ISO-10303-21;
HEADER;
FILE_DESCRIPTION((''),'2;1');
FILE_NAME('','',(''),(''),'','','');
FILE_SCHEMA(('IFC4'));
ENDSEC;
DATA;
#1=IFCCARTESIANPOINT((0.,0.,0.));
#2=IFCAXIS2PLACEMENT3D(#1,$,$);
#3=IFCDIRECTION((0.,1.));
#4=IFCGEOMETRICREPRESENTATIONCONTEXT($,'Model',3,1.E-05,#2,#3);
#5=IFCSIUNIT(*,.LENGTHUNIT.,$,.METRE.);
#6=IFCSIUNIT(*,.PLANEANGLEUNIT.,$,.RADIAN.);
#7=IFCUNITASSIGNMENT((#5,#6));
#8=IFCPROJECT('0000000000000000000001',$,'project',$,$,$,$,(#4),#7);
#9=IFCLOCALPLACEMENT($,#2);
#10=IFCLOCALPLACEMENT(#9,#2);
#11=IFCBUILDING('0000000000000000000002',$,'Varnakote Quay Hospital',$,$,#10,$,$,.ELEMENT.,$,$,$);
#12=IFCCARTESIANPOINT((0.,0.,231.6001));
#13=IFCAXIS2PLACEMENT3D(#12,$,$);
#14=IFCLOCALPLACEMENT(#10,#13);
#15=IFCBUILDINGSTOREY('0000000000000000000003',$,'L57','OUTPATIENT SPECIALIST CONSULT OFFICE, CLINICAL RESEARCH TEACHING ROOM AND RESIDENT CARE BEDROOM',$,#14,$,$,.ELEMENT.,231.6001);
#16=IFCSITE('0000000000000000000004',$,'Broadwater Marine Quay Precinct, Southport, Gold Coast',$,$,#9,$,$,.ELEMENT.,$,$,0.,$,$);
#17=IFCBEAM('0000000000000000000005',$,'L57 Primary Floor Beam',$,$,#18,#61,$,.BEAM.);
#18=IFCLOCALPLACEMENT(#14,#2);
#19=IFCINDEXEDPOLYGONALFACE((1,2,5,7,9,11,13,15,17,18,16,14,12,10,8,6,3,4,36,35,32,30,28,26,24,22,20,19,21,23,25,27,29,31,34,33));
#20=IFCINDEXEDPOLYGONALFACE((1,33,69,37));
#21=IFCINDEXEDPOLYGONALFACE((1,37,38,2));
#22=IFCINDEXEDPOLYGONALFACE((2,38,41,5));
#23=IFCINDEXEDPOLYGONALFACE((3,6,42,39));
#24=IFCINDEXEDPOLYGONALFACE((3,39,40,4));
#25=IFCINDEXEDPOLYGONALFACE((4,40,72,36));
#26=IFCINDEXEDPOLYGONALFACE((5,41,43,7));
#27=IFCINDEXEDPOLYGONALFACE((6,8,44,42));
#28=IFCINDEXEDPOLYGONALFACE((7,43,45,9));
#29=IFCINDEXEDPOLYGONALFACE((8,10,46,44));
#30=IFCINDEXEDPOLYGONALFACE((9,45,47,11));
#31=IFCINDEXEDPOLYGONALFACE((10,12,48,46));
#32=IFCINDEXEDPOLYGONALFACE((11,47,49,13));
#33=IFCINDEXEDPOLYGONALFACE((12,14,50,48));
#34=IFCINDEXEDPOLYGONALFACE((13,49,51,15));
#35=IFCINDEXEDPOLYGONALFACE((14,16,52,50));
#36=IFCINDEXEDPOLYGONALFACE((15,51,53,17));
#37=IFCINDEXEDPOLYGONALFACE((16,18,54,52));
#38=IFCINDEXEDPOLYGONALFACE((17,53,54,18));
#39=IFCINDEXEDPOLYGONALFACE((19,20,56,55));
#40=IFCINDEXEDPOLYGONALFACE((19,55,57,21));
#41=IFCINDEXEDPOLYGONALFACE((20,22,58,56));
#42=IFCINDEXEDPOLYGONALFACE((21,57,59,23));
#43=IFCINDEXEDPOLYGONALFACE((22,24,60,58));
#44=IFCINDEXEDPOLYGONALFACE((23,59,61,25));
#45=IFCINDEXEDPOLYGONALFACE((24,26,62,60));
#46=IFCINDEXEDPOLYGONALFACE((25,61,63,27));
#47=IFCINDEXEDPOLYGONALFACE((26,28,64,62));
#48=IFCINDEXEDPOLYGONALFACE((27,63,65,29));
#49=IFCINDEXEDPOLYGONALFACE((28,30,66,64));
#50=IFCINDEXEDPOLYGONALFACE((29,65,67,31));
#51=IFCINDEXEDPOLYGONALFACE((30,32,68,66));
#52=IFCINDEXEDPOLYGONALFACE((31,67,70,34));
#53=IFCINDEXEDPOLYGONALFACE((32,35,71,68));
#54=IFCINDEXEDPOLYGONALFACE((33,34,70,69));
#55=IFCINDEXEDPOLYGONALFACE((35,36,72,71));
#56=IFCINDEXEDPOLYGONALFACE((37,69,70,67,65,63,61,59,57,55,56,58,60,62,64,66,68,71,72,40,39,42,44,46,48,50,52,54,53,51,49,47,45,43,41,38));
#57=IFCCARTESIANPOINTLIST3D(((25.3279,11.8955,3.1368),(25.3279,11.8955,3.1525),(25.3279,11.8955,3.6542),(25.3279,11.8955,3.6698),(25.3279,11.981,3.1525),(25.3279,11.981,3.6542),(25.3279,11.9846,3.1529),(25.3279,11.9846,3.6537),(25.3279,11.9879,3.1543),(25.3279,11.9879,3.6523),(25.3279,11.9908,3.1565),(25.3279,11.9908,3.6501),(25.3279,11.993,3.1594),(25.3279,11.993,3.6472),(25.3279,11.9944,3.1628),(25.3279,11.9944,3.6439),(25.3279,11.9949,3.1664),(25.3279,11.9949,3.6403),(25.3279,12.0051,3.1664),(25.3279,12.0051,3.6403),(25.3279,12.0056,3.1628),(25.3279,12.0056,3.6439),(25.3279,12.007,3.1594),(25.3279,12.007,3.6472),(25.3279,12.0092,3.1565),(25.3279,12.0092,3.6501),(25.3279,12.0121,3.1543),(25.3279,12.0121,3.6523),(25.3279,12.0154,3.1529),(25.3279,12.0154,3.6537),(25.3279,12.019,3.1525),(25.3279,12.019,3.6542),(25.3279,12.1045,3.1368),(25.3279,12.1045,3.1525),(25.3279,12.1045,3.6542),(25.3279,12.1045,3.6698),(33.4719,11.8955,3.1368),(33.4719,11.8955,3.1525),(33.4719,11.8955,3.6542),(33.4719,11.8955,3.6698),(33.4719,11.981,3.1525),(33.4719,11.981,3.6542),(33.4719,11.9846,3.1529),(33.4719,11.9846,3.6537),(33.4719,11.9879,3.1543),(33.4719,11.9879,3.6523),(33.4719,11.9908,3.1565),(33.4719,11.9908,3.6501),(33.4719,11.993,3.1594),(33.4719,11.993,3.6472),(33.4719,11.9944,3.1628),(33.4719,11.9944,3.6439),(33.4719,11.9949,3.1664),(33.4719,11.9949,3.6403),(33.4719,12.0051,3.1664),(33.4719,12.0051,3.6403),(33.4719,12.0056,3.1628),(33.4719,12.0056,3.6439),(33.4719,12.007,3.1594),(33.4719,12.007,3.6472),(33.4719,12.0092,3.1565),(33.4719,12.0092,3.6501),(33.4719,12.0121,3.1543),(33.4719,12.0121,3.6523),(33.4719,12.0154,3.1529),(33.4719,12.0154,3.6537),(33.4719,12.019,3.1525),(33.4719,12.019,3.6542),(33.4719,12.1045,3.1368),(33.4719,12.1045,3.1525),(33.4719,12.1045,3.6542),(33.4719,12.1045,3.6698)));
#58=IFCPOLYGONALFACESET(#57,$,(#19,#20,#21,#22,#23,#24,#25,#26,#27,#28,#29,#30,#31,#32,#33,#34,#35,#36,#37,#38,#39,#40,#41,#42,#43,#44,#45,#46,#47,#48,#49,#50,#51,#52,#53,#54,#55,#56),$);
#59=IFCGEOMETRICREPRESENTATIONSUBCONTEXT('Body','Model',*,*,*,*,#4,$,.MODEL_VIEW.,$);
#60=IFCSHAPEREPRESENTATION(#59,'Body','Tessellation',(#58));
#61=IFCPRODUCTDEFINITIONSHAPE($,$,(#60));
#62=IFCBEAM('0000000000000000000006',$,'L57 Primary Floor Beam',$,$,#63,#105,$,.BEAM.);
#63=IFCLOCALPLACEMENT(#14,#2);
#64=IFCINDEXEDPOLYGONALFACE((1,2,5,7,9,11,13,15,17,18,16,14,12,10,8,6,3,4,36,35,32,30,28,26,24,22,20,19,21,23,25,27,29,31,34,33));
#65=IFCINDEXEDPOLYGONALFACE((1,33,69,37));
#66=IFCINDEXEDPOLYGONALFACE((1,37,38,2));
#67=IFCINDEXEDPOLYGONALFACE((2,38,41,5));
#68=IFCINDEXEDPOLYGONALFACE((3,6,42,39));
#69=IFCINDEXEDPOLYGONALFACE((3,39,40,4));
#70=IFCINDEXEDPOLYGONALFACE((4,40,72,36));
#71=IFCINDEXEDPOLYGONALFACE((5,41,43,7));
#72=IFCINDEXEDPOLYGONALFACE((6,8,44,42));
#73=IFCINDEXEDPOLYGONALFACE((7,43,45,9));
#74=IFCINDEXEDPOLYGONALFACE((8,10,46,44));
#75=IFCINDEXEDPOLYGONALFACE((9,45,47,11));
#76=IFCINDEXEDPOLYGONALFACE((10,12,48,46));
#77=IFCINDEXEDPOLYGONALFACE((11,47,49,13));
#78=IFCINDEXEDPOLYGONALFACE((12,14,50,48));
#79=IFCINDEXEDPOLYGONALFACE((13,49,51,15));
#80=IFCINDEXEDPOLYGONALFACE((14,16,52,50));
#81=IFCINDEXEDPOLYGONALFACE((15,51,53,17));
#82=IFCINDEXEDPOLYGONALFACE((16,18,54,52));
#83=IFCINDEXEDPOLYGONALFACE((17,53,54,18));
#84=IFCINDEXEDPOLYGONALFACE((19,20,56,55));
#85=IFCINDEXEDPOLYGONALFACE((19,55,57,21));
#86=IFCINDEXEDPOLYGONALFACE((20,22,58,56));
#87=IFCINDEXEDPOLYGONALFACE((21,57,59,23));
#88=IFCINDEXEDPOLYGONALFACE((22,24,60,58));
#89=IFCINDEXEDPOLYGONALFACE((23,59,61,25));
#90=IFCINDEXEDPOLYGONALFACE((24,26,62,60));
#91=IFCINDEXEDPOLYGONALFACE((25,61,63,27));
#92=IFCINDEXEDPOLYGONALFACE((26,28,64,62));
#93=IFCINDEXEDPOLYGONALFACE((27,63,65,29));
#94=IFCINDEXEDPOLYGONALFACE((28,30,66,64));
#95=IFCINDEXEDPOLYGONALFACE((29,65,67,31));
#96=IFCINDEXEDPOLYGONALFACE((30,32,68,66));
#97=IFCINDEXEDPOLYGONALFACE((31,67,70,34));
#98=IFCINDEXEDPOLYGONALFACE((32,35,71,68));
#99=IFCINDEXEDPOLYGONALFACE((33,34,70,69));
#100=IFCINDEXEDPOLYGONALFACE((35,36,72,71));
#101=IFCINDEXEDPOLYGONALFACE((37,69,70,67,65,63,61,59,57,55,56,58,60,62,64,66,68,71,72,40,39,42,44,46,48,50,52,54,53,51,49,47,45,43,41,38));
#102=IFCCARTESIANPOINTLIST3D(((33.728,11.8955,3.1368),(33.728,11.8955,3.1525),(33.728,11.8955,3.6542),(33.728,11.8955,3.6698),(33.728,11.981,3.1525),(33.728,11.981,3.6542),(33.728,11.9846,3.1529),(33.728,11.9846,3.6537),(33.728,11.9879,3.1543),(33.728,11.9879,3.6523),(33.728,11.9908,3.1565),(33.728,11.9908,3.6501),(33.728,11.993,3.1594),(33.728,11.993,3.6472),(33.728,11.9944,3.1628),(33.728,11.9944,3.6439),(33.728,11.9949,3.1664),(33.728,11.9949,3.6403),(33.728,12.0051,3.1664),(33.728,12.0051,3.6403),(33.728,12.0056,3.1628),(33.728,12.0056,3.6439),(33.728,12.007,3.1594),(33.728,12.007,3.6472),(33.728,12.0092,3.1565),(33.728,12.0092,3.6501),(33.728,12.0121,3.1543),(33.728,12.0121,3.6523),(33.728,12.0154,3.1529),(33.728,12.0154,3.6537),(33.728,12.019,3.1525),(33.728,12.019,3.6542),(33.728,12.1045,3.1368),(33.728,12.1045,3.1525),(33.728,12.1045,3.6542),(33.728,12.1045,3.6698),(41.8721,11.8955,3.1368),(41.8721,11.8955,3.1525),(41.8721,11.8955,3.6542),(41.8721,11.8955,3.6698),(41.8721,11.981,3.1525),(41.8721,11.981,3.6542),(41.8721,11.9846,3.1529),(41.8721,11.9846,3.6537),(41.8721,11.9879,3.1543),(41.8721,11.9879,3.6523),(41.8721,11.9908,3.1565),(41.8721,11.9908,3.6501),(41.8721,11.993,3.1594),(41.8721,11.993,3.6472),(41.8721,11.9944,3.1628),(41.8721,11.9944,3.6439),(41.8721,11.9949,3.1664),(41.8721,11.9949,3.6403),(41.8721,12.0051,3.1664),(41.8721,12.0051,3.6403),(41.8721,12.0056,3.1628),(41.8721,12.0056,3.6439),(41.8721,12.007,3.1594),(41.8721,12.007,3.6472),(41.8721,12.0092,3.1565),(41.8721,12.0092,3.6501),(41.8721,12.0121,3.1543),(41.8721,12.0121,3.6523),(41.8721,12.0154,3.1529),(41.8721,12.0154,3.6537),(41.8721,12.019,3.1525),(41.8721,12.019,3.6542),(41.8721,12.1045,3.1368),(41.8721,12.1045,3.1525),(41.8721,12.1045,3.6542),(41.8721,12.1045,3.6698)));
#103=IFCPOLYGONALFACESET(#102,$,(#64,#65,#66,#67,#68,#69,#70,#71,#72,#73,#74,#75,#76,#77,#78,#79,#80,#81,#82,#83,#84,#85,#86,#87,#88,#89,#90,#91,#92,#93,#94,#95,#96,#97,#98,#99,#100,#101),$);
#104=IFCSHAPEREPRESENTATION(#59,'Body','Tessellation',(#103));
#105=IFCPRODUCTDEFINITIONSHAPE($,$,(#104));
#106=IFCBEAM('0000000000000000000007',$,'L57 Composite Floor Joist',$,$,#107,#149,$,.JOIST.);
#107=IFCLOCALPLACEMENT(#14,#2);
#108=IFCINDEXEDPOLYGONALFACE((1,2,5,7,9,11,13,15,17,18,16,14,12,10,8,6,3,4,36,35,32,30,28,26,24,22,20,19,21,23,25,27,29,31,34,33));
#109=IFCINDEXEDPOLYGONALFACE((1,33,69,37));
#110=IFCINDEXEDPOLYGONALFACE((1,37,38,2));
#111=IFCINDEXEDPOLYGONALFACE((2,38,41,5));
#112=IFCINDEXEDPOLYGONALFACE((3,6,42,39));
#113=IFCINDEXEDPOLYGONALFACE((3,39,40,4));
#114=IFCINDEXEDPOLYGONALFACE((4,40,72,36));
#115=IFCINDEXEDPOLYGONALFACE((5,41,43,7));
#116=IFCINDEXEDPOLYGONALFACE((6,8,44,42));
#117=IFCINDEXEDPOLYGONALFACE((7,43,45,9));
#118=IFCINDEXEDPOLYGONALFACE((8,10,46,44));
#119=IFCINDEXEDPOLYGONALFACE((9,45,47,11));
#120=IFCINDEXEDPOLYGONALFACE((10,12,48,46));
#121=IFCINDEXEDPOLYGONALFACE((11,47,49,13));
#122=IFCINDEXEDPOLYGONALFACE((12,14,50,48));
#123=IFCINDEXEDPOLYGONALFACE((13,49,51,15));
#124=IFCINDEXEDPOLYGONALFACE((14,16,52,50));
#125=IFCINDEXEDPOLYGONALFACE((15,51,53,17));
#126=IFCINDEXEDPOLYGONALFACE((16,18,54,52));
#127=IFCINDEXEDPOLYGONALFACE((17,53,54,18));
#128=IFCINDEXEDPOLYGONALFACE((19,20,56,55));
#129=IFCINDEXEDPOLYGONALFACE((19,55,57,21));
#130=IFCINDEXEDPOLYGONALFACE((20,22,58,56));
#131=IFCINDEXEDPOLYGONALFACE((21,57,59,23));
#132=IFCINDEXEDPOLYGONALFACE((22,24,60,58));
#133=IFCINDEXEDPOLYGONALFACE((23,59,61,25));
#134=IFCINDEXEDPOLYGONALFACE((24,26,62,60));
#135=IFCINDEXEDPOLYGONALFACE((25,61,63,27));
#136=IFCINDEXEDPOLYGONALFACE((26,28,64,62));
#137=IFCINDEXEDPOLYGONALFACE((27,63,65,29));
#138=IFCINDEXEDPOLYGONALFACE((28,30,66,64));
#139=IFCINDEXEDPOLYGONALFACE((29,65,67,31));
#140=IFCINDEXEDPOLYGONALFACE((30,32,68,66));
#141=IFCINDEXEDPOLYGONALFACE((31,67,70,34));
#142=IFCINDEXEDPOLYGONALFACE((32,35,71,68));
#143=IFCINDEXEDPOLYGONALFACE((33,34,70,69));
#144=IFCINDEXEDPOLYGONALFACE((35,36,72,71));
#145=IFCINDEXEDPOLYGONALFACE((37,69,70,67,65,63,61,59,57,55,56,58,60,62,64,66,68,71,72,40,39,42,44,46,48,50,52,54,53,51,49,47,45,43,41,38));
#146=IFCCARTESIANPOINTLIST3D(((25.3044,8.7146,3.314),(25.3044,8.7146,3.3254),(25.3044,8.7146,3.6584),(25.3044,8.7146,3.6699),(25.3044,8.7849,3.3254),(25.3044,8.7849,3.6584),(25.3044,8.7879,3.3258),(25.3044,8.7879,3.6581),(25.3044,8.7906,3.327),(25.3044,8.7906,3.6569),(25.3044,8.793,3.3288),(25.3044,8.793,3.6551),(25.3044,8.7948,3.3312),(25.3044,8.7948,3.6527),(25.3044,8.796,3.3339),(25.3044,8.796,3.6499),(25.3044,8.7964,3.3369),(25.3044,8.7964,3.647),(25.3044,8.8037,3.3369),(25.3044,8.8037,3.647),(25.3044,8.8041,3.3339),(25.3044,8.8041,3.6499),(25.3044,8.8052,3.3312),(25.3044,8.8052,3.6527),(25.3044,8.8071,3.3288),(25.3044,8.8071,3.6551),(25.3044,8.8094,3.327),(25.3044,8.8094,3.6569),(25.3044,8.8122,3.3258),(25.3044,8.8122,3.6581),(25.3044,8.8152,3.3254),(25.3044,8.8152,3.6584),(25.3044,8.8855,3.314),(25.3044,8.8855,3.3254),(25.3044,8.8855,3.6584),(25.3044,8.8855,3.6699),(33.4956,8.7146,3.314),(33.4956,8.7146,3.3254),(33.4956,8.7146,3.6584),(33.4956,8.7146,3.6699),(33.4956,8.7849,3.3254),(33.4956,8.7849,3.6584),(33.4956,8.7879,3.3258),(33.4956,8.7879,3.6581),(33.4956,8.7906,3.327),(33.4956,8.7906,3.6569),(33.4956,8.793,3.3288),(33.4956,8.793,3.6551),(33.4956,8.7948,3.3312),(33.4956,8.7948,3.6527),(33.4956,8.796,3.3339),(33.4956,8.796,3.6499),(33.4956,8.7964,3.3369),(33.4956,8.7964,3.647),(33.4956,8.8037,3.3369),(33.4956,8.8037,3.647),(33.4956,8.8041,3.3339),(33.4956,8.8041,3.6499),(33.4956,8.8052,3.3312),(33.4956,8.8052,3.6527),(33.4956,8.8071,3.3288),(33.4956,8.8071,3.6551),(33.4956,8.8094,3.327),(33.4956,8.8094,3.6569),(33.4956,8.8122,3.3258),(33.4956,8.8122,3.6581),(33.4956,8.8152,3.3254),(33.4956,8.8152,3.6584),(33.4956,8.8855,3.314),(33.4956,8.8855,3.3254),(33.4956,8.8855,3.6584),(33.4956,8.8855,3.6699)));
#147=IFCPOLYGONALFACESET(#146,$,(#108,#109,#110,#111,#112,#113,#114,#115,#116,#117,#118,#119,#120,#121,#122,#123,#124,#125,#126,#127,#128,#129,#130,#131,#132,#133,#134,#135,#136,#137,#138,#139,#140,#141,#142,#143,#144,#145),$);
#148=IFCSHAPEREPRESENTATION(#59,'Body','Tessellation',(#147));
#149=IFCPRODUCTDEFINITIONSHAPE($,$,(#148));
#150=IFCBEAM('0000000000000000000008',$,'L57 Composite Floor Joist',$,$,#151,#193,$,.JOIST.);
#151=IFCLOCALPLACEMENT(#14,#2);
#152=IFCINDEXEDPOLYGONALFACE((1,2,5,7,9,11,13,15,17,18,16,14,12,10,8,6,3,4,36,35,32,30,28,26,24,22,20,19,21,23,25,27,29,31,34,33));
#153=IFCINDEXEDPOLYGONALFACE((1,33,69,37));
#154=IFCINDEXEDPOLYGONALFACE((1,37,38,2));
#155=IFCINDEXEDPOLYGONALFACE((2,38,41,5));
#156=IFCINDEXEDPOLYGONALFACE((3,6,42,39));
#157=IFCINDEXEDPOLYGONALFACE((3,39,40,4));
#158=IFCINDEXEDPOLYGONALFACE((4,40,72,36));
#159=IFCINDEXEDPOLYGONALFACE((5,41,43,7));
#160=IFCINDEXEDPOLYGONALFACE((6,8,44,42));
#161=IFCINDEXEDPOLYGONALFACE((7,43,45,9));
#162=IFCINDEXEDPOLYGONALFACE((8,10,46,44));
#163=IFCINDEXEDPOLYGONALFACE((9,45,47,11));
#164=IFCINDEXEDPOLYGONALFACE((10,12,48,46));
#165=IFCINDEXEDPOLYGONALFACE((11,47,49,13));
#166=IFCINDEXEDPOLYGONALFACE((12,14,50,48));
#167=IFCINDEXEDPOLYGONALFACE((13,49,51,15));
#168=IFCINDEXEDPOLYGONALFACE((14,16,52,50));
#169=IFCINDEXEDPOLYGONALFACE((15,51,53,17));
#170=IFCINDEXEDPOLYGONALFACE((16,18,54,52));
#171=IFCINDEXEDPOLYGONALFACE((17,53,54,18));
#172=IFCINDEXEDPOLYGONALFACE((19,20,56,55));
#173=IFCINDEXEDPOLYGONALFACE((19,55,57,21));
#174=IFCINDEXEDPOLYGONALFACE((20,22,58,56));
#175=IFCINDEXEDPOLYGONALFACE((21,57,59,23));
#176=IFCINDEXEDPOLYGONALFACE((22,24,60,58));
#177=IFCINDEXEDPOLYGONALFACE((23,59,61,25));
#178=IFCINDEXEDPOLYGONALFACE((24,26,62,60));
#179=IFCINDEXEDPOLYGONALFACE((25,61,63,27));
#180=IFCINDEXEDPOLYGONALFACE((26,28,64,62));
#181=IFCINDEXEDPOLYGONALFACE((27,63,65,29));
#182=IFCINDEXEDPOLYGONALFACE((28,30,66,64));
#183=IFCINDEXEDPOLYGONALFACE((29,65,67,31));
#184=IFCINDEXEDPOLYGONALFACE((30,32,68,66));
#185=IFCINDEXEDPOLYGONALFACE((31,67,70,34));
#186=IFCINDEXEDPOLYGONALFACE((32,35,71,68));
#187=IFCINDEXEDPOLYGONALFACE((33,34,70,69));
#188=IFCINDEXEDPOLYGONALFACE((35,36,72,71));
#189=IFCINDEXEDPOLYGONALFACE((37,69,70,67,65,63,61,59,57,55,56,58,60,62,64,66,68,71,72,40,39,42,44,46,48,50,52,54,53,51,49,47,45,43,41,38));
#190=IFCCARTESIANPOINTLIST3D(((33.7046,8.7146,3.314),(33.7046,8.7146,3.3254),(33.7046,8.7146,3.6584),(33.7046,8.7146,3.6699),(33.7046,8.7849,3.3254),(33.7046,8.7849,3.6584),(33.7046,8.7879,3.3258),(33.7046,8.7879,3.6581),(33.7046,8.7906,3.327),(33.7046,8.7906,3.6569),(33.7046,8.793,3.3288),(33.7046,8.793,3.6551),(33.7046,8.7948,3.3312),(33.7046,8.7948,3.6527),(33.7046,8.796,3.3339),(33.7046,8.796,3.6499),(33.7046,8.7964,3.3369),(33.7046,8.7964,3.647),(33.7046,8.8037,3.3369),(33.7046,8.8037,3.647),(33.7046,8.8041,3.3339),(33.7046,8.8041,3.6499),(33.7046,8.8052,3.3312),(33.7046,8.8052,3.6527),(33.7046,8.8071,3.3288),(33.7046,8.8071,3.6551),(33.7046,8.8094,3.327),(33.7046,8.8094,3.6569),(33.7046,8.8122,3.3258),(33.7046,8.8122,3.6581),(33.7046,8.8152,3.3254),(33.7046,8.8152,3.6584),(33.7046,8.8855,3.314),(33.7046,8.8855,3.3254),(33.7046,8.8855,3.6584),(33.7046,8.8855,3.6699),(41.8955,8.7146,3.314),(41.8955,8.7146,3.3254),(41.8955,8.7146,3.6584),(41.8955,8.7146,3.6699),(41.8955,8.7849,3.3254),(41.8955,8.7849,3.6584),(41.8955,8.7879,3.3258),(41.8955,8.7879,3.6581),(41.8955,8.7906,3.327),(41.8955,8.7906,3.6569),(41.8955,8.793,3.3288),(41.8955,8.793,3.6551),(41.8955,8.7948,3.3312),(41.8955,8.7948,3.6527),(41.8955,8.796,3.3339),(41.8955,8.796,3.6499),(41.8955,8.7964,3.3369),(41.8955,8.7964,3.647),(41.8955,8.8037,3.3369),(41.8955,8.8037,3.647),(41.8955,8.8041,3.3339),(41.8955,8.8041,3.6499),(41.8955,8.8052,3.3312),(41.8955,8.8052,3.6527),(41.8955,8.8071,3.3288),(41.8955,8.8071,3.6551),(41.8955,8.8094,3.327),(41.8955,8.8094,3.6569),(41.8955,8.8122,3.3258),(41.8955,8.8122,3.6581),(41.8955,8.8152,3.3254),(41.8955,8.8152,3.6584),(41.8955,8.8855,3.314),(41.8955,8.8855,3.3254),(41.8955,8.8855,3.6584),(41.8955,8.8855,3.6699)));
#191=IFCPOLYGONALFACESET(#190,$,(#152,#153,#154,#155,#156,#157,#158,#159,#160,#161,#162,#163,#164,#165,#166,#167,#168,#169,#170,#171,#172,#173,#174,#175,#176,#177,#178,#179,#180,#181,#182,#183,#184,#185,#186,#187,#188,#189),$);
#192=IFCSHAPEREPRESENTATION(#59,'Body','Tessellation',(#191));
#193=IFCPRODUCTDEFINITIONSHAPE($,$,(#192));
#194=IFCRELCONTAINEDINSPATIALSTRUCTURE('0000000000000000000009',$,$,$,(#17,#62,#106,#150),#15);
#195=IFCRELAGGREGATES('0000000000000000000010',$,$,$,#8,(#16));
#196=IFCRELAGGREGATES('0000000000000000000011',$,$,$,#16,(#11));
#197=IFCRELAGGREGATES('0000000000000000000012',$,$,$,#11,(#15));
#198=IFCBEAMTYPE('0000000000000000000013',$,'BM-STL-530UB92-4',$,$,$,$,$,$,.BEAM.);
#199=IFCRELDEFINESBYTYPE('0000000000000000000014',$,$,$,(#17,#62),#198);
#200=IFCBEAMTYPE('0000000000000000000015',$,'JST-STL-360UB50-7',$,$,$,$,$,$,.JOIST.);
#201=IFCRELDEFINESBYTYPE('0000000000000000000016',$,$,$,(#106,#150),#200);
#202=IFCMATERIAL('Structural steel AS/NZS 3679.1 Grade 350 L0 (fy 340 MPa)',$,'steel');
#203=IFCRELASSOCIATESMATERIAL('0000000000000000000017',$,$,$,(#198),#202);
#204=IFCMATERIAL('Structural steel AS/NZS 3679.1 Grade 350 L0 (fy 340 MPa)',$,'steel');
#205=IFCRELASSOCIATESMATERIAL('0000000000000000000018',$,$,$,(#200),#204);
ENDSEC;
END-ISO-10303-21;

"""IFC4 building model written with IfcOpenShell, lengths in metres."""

from ifc_helpers import new_model, si_unit, direction, frame, origin, origin_2d, place, context, subcontext, project, spatial, i_section, extrude, material, material_profile, profile_set, type_object, element, save


model = new_model("IFC4")

# Units and contexts
model_context = context("Model", 3, precision=1e-05, world=origin(), true_north=direction((0.0, 1.0)))
body_context = subcontext(model_context, "Body", "Model", "MODEL_VIEW")
ifc_project = project(units=[si_unit("LENGTHUNIT", "METRE"), si_unit("PLANEANGLEUNIT", "RADIAN")], contexts=[model_context])

# Site, building, storey
site_placement = place(None, origin())
site = spatial("IfcSite", under=ifc_project, at=site_placement, Name="Broadwater Marine Quay Precinct, Southport, Gold Coast", CompositionType="ELEMENT", RefElevation=0.0)
building_placement = place(site_placement, origin())
building = spatial("IfcBuilding", under=site, at=building_placement, Name="Varnakote Quay Hospital", CompositionType="ELEMENT")
storey_placement = place(building_placement, frame((0.0, 0.0, 231.6001)))
storey = spatial("IfcBuildingStorey", under=building, at=storey_placement, Name="L57", Description="OUTPATIENT SPECIALIST CONSULT OFFICE, CLINICAL RESEARCH TEACHING ROOM AND RESIDENT CARE BEDROOM", CompositionType="ELEMENT", Elevation=231.6001)

# Beams
ifc_material_1 = material(Name="Structural steel AS/NZS 3679.1 Grade 350 L0 (fy 340 MPa)", Category="steel")
ifc_material_profile_1 = material_profile(ifc_material_1, i_section(OverallWidth=0.209, OverallDepth=0.533, WebThickness=0.0103, FlangeThickness=0.0156, FilletRadius=0.0139, at=origin_2d()), Name="530UB92.4")
ifc_profile_set_1 = profile_set([ifc_material_profile_1], Name="Structural steel AS/NZS 3679.1 Grade 350 L0 (fy 340 MPa)")
beam_type_1 = type_object("IfcBeamType", Name="BM-STL-530UB92-4", PredefinedType="BEAM", material=ifc_profile_set_1)
for number, where, z_axis, x_axis, name in (
    (1, (25.3279, 12.0, 3.4033), (1.0, 0.0, 0.0), (0.0, 1.0, 0.0), "L57 Primary Floor Beam"),
    (2, (33.728, 12.0, 3.4033), (1.0, 0.0, 0.0), (0.0, 1.0, 0.0), "L57 Primary Floor Beam"),
):
    element("IfcBeam", number, at=place(storey_placement, frame(where, z_axis=z_axis, x_axis=x_axis)), inside=storey, type_object=beam_type_1, Name=name, PredefinedType="BEAM", context=body_context, shape_type="SweptSolid", body=[
        extrude(i_section(OverallWidth=0.209, OverallDepth=0.533, WebThickness=0.0103, FlangeThickness=0.0156, FilletRadius=0.0139, at=origin_2d()), origin(), (0.0, 0.0, 1.0), 8.144),
    ])
ifc_material_2 = material(Name="Structural steel AS/NZS 3679.1 Grade 350 L0 (fy 340 MPa)", Category="steel")
ifc_material_profile_2 = material_profile(ifc_material_2, i_section(OverallWidth=0.1709, OverallDepth=0.356, WebThickness=0.0073, FlangeThickness=0.0115, FilletRadius=0.0115, at=origin_2d()), Name="360UB50.7")
ifc_profile_set_2 = profile_set([ifc_material_profile_2], Name="Structural steel AS/NZS 3679.1 Grade 350 L0 (fy 340 MPa)")
beam_type_2 = type_object("IfcBeamType", Name="JST-STL-360UB50-7", PredefinedType="JOIST", material=ifc_profile_set_2)
beam_1_placement = place(storey_placement, frame((25.3044, 8.8, 3.4919), z_axis=(1.0, 0.0, 0.0), x_axis=(0.0, 1.0, 0.0)))
element("IfcBeam", 3, at=beam_1_placement, inside=storey, type_object=beam_type_2, Name="L57 Composite Floor Joist", PredefinedType="JOIST", context=body_context, shape_type="SweptSolid", body=[
    extrude(i_section(OverallWidth=0.1709, OverallDepth=0.356, WebThickness=0.0073, FlangeThickness=0.0115, FilletRadius=0.0115, at=origin_2d()), origin(), (0.0, 0.0, 1.0), 8.1912),
])
beam_2_placement = place(storey_placement, frame((33.7046, 8.8, 3.4919), z_axis=(1.0, 0.0, 0.0), x_axis=(0.0, 1.0, 0.0)))
element("IfcBeam", 4, at=beam_2_placement, inside=storey, type_object=beam_type_2, Name="L57 Composite Floor Joist", PredefinedType="JOIST", context=body_context, shape_type="SweptSolid", body=[
    extrude(i_section(OverallWidth=0.1709, OverallDepth=0.356, WebThickness=0.0073, FlangeThickness=0.0115, FilletRadius=0.0115, at=origin_2d()), origin(), (0.0, 0.0, 1.0), 8.1909),
])

save(model, "model.ifc")
